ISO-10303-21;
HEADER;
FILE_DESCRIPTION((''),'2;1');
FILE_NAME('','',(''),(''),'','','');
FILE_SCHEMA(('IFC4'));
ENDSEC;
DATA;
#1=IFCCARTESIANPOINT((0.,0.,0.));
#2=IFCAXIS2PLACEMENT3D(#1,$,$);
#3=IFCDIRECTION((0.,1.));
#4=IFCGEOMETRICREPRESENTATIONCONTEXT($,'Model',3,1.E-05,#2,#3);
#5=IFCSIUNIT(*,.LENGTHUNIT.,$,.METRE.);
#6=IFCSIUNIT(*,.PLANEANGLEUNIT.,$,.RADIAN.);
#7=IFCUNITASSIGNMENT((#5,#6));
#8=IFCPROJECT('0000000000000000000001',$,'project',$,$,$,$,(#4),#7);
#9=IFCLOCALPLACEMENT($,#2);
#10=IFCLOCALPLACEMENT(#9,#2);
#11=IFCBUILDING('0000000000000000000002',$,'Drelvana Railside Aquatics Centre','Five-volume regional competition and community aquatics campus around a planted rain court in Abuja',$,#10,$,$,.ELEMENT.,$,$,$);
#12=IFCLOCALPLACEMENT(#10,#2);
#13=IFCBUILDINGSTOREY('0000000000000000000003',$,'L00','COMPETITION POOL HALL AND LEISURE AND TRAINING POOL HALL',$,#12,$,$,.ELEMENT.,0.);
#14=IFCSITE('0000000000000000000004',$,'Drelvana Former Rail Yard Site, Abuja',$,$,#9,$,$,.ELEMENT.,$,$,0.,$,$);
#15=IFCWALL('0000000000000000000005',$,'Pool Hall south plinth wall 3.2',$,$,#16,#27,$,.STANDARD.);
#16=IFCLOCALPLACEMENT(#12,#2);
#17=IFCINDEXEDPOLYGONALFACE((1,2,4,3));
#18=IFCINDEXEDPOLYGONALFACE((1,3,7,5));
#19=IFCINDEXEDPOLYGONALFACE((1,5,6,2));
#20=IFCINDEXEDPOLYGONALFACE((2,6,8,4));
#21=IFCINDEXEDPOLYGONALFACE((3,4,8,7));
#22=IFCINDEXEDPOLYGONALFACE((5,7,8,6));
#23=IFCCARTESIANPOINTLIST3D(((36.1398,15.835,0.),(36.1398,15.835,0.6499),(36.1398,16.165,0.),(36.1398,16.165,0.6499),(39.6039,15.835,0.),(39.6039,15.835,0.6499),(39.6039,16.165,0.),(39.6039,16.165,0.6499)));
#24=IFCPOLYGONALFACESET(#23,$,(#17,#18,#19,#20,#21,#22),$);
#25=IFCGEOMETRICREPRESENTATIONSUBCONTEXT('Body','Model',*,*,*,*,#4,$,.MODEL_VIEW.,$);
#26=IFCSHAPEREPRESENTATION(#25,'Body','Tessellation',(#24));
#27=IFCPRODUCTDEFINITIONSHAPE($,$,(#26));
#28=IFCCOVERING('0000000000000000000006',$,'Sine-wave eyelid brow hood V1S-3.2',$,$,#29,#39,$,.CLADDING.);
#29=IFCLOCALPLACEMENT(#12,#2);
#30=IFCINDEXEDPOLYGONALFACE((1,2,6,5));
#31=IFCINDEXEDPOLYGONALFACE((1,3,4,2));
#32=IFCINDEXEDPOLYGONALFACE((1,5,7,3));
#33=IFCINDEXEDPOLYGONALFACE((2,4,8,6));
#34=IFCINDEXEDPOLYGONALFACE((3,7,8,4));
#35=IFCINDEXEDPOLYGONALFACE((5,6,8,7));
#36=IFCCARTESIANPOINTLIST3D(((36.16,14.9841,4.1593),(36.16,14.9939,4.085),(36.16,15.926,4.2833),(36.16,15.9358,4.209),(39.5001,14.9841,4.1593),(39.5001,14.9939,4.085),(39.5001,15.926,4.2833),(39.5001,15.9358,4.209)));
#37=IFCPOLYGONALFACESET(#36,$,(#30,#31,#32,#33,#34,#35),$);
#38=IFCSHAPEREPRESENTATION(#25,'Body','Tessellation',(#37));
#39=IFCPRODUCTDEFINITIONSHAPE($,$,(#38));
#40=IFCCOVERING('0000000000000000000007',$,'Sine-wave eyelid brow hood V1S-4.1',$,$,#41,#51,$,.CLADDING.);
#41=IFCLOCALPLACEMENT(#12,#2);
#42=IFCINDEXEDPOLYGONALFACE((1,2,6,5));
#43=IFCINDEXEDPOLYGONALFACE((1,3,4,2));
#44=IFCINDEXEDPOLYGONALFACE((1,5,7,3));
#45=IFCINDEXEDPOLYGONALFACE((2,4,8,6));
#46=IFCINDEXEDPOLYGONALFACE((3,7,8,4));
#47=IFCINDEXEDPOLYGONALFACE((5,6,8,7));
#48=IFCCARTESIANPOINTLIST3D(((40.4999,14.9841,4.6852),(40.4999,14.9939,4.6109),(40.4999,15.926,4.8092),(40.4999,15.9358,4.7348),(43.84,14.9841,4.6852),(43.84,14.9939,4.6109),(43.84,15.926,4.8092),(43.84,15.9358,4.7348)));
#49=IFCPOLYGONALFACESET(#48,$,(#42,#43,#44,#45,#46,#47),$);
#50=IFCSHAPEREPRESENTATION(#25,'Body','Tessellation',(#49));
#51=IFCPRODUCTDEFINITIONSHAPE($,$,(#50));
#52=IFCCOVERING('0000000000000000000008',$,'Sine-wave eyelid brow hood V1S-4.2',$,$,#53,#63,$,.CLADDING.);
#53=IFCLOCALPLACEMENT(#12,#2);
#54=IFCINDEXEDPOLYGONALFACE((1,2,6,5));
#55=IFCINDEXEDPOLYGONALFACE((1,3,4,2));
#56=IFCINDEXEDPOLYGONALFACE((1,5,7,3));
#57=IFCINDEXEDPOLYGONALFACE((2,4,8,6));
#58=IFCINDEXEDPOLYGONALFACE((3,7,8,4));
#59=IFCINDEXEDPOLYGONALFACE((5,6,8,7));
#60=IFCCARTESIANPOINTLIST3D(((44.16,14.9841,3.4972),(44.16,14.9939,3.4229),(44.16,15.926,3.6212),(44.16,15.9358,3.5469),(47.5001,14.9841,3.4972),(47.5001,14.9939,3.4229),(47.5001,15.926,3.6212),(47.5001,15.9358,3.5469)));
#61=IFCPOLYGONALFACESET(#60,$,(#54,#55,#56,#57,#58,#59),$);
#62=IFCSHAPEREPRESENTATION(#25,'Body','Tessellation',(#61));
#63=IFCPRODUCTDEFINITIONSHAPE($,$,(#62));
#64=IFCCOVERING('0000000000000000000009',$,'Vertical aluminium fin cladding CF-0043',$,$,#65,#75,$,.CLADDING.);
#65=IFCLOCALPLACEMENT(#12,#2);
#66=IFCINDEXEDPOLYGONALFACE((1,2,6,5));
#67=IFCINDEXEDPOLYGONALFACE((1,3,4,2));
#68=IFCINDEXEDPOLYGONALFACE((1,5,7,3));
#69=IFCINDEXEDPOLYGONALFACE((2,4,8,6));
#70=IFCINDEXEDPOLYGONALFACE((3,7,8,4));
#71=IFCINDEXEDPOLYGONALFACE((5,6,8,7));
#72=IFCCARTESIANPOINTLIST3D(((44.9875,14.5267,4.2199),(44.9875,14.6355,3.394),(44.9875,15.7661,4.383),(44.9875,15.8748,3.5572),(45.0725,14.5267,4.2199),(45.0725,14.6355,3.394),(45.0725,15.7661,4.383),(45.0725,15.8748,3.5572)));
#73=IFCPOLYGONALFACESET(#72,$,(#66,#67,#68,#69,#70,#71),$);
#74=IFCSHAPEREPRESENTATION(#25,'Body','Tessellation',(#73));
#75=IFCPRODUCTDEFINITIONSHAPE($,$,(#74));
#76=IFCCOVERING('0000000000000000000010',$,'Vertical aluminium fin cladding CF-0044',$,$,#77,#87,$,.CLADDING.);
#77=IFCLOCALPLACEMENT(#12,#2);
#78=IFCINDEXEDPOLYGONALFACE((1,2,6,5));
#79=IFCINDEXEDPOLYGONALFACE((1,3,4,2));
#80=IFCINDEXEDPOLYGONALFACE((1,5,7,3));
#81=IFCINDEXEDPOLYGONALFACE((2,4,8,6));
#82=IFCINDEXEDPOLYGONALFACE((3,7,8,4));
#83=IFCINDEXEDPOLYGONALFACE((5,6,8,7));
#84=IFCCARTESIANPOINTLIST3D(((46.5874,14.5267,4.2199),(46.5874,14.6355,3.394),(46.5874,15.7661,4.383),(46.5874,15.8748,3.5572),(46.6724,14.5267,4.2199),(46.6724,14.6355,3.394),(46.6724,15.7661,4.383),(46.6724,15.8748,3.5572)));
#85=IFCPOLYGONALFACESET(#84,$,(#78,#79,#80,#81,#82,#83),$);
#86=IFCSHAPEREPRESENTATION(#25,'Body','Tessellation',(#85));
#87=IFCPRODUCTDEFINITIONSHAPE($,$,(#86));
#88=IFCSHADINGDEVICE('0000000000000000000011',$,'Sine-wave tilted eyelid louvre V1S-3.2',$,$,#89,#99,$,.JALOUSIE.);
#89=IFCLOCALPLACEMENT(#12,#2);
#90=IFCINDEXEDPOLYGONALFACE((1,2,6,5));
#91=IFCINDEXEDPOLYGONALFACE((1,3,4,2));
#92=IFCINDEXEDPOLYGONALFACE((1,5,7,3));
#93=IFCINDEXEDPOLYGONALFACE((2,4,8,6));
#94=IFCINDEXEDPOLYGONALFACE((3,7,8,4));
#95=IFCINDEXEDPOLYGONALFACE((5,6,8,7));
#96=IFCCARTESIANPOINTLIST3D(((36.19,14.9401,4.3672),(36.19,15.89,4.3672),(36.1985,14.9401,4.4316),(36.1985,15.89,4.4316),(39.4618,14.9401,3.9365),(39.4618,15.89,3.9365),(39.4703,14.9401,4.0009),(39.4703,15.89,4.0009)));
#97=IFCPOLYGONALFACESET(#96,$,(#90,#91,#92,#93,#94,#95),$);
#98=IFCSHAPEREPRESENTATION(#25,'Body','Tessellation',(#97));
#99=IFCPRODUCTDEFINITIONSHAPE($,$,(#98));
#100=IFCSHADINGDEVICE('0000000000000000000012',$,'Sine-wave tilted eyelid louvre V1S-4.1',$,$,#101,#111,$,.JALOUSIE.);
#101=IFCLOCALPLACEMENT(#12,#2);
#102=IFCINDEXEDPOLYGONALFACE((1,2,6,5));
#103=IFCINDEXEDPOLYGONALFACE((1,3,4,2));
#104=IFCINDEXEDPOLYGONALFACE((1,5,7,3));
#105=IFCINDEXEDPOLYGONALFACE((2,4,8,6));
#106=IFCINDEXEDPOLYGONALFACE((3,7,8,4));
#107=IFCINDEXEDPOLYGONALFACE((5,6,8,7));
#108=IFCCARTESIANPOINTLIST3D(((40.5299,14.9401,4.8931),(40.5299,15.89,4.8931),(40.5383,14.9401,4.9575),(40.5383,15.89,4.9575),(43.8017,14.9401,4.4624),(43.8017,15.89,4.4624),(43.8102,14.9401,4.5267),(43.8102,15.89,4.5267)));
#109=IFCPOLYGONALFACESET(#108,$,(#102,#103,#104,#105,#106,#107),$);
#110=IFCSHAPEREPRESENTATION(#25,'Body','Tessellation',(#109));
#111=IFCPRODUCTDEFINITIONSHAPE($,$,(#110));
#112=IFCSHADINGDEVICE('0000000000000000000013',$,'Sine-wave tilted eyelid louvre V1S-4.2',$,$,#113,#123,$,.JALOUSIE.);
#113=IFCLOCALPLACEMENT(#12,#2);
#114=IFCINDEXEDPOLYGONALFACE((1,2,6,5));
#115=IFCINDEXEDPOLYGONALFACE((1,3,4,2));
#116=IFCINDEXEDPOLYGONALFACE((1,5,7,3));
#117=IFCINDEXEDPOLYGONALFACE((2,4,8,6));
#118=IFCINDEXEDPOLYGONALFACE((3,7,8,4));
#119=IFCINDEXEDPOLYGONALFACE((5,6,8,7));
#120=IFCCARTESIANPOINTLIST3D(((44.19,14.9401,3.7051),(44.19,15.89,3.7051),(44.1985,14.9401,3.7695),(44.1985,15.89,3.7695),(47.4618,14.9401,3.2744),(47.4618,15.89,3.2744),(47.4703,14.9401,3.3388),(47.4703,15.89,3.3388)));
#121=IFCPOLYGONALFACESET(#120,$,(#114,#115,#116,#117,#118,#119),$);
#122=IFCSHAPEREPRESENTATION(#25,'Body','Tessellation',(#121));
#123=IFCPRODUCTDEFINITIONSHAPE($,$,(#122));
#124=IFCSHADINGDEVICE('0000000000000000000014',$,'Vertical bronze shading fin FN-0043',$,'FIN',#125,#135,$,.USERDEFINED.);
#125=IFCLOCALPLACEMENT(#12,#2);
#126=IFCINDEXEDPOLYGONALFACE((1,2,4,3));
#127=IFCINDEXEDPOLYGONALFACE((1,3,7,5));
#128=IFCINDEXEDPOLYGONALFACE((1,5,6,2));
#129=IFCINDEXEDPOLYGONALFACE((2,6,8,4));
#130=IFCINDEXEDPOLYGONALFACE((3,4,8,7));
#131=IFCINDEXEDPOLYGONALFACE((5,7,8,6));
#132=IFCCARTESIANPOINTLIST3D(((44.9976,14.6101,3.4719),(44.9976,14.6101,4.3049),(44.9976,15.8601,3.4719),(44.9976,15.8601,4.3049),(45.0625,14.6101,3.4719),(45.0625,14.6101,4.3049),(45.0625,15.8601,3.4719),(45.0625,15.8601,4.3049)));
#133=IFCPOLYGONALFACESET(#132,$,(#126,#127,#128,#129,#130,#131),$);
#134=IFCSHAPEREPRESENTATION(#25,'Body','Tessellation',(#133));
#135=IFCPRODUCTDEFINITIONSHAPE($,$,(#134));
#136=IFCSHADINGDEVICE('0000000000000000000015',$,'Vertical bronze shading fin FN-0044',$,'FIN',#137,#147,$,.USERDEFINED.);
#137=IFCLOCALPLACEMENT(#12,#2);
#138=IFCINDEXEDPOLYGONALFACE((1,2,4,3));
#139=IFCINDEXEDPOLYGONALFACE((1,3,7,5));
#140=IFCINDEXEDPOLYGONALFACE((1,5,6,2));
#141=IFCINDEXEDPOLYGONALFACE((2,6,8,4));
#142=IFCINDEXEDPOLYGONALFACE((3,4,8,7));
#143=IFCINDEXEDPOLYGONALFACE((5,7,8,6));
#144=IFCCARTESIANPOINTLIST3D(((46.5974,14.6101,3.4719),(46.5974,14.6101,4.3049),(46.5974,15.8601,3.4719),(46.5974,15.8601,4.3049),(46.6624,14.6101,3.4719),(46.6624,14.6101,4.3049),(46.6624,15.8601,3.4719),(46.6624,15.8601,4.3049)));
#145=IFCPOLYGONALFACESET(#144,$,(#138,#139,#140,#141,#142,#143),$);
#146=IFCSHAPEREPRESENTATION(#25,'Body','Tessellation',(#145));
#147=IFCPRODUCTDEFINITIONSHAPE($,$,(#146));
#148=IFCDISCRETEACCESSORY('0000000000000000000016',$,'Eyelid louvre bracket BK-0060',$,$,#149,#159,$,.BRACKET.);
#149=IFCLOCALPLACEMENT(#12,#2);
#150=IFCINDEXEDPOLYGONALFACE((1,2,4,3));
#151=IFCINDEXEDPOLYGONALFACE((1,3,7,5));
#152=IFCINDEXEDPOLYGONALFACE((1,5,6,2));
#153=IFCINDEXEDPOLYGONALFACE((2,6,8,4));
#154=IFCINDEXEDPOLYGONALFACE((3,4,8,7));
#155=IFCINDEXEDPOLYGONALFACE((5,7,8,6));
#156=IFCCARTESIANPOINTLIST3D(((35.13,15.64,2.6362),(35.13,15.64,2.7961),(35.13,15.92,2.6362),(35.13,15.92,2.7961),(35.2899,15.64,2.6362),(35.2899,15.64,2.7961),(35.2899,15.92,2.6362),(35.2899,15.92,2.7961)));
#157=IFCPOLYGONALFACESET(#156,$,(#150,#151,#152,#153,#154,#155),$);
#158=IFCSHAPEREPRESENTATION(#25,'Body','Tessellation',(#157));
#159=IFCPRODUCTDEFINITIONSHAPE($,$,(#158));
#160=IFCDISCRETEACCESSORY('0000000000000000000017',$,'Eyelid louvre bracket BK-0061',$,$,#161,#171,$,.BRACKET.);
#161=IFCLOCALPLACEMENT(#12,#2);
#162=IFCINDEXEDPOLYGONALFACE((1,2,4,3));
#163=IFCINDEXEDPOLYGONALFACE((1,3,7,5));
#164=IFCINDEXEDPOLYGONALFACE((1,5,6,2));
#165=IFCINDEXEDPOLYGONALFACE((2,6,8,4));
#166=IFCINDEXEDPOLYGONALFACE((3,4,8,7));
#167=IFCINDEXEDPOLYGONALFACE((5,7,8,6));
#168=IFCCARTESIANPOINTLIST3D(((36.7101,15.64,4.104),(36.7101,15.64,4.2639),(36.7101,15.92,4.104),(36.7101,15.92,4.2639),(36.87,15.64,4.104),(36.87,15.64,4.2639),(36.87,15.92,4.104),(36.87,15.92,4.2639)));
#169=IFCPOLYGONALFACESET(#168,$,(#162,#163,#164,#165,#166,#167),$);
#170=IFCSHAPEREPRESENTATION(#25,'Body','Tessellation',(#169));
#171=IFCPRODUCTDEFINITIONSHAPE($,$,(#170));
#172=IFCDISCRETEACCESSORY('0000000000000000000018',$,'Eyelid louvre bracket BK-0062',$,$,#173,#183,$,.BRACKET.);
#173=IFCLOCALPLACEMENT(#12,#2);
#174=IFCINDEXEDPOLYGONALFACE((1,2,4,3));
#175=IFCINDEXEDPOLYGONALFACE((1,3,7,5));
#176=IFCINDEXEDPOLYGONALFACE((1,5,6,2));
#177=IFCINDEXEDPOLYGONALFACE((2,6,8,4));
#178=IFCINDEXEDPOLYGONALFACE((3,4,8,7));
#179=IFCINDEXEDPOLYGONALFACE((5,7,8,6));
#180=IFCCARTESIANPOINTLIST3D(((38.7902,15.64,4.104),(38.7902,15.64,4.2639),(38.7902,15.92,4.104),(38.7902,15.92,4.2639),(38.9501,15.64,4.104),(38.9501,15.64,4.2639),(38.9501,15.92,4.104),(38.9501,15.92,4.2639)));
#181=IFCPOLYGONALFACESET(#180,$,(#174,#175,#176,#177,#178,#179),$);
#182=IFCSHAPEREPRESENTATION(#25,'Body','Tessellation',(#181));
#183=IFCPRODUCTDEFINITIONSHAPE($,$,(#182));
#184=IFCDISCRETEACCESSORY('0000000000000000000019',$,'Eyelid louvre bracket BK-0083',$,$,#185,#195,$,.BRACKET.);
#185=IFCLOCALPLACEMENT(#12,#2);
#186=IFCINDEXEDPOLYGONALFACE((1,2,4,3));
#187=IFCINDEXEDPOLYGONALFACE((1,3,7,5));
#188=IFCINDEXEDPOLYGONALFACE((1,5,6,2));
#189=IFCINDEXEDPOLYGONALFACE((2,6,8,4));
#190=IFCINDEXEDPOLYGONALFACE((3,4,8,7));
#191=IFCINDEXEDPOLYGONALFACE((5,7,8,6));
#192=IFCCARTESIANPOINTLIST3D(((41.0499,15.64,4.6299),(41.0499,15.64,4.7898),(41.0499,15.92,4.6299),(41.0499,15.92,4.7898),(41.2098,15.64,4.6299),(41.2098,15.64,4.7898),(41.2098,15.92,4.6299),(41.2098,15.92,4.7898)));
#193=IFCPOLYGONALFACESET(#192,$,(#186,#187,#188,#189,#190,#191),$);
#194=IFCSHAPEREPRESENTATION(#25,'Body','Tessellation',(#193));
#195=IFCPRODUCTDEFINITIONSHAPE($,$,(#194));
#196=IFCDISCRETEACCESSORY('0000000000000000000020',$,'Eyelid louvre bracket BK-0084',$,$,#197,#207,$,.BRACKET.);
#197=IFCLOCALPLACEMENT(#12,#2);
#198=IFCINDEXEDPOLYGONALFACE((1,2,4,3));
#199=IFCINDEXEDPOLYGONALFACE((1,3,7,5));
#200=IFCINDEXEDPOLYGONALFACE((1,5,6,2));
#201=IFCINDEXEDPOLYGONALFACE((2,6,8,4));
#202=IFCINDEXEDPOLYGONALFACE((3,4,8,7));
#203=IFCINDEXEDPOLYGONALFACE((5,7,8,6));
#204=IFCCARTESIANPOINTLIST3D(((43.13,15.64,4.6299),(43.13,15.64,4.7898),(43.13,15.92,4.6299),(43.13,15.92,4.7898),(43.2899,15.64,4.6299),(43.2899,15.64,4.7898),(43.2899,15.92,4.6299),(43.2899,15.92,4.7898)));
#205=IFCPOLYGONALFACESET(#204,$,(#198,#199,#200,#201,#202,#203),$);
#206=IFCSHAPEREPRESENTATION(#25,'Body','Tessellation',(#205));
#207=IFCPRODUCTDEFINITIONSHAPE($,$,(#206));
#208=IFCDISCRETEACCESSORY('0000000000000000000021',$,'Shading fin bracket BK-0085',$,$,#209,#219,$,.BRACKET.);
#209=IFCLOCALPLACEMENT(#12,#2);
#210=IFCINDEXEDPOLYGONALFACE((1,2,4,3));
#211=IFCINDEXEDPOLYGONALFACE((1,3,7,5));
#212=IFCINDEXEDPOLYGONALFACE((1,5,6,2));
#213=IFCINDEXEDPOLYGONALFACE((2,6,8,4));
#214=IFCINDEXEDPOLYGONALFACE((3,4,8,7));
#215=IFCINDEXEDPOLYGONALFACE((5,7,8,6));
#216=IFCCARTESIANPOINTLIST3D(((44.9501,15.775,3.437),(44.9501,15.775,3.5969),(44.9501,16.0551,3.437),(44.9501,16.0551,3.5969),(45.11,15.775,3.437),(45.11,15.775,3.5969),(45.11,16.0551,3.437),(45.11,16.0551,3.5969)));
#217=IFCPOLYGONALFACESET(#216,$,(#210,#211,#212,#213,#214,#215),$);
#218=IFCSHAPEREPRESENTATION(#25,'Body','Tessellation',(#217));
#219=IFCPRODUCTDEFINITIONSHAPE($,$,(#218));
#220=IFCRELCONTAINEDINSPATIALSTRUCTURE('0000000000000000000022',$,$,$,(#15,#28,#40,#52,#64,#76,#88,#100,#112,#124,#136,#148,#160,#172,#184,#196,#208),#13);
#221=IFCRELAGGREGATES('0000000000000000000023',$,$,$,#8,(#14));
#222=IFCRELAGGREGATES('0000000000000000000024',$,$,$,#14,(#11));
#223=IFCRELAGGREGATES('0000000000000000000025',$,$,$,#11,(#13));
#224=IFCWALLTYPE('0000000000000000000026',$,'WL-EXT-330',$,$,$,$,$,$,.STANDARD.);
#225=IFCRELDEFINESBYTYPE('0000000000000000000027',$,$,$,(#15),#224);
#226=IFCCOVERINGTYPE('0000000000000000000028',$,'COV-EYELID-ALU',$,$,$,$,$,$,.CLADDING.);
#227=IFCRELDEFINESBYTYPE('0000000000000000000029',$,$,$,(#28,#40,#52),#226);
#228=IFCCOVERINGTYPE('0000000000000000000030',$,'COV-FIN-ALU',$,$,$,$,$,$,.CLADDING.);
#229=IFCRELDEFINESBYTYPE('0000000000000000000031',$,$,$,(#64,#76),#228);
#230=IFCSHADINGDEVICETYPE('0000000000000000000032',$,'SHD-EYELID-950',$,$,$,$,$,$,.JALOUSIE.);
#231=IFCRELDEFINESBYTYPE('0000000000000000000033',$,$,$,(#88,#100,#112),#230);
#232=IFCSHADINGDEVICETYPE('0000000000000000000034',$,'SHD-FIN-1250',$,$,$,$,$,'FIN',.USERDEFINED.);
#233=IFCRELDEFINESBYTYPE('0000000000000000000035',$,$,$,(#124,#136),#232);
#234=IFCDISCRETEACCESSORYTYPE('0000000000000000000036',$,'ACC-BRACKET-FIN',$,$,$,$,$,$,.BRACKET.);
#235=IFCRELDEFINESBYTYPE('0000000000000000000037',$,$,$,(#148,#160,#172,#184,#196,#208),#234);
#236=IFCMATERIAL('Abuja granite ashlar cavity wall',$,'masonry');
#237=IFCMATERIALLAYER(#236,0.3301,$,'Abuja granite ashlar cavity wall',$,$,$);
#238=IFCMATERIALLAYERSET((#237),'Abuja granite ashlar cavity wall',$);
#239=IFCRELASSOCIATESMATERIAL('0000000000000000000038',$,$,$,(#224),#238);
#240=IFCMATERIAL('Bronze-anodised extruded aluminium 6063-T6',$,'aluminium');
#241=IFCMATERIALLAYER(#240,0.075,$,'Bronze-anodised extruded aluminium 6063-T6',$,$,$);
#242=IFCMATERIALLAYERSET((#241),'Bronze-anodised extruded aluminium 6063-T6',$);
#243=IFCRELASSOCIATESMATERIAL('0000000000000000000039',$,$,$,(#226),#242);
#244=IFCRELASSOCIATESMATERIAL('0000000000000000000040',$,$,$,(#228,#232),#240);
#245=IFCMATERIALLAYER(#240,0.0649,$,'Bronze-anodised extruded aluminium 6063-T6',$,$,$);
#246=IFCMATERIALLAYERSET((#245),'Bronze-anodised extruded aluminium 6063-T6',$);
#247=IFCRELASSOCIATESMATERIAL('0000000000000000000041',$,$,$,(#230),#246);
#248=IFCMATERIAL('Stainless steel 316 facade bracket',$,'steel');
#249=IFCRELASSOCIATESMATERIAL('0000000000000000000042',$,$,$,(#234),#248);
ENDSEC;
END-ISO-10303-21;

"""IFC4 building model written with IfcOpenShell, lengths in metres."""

from ifc_helpers import new_model, si_unit, direction, frame, frame_2d, origin, origin_2d, place, context, subcontext, project, spatial, rectangle, extrude, material, layer, layer_set, type_object, element, save


model = new_model("IFC4")

# Units and contexts
model_context = context("Model", 3, precision=1e-05, world=origin(), true_north=direction((0.0, 1.0)))
body_context = subcontext(model_context, "Body", "Model", "MODEL_VIEW")
ifc_project = project(units=[si_unit("LENGTHUNIT", "METRE"), si_unit("PLANEANGLEUNIT", "RADIAN")], contexts=[model_context])

# Site, building, storey
site_placement = place(None, origin())
site = spatial("IfcSite", under=ifc_project, at=site_placement, Name="Drelvana Former Rail Yard Site, Abuja", CompositionType="ELEMENT", RefElevation=0.0)
building_placement = place(site_placement, origin())
building = spatial("IfcBuilding", under=site, at=building_placement, Name="Drelvana Railside Aquatics Centre", Description="Five-volume regional competition and community aquatics campus around a planted rain court in Abuja", CompositionType="ELEMENT")
storey_placement = place(building_placement, origin())
storey = spatial("IfcBuildingStorey", under=building, at=storey_placement, Name="L00", Description="COMPETITION POOL HALL AND LEISURE AND TRAINING POOL HALL", CompositionType="ELEMENT", Elevation=0.0)

# Wall
ifc_material_1 = material(Name="Abuja granite ashlar cavity wall", Category="masonry")
ifc_layer_1 = layer(ifc_material_1, 0.3301, Name="Abuja granite ashlar cavity wall")
ifc_layer_set_1 = layer_set([ifc_layer_1], Name="Abuja granite ashlar cavity wall")
wall_type = type_object("IfcWallType", Name="WL-EXT-330", PredefinedType="STANDARD", material=ifc_layer_set_1)
wall_placement = place(storey_placement, frame((36.1399, 16.0, 0.0), z_axis=(0.0, 0.0, 1.0), x_axis=(1.0, 0.0, 0.0)))
element("IfcWall", 1, at=wall_placement, inside=storey, type_object=wall_type, Name="Pool Hall south plinth wall 3.2", PredefinedType="STANDARD", context=body_context, shape_type="SweptSolid", body=[
    extrude(rectangle(XDim=3.4641, YDim=0.3301, at=frame_2d((1.7319, 0.0))), origin(), (0.0, 0.0, 1.0), 0.6499),
])

# Coverings
ifc_material_2 = material(Name="Bronze-anodised extruded aluminium 6063-T6", Category="aluminium")
ifc_layer_2 = layer(ifc_material_2, 0.075, Name="Bronze-anodised extruded aluminium 6063-T6")
ifc_layer_set_2 = layer_set([ifc_layer_2], Name="Bronze-anodised extruded aluminium 6063-T6")
covering_type_1 = type_object("IfcCoveringType", Name="COV-EYELID-ALU", PredefinedType="CLADDING", material=ifc_layer_set_2)
for number, where, z_axis, x_axis, name in (
    (2, (37.8301, 15.4648, 4.147), (0.0, -0.130526, 0.991445), (-1.0, 0.0, 0.0), "Sine-wave eyelid brow hood V1S-3.2"),
    (3, (42.1699, 15.4648, 4.6729), (0.0, -0.130526, 0.991445), (-1.0, 0.0, 0.0), "Sine-wave eyelid brow hood V1S-4.1"),
    (4, (45.8301, 15.4648, 3.4849), (0.0, -0.130526, 0.991445), (-1.0, 0.0, 0.0), "Sine-wave eyelid brow hood V1S-4.2"),
):
    element("IfcCovering", number, at=place(storey_placement, frame(where, z_axis=z_axis, x_axis=x_axis)), inside=storey, type_object=covering_type_1, Name=name, PredefinedType="CLADDING", context=body_context, shape_type="SweptSolid", body=[
        extrude(rectangle(XDim=3.3401, YDim=0.95, at=origin_2d()), origin(), (0.0, 0.0, 1.0), 0.075),
    ])
covering_type_2 = type_object("IfcCoveringType", Name="COV-FIN-ALU", PredefinedType="CLADDING", material=ifc_material_2)
for number, where, z_axis, x_axis, name in (
    (5, (45.03, 15.2551, 3.4756), (0.0, -0.130526, 0.991445), (-1.0, 0.0, 0.0), "Vertical aluminium fin cladding CF-0043"),
    (6, (46.6299, 15.2551, 3.4756), (0.0, -0.130526, 0.991445), (-1.0, 0.0, 0.0), "Vertical aluminium fin cladding CF-0044"),
):
    element("IfcCovering", number, at=place(storey_placement, frame(where, z_axis=z_axis, x_axis=x_axis)), inside=storey, type_object=covering_type_2, Name=name, PredefinedType="CLADDING", context=body_context, shape_type="SweptSolid", body=[
        extrude(rectangle(XDim=0.085, YDim=1.25, at=origin_2d()), origin(), (0.0, 0.0, 1.0), 0.833),
    ])

# Shading devices
ifc_layer_3 = layer(ifc_material_2, 0.0649, Name="Bronze-anodised extruded aluminium 6063-T6")
ifc_layer_set_3 = layer_set([ifc_layer_3], Name="Bronze-anodised extruded aluminium 6063-T6")
shading_device_type_1 = type_object("IfcShadingDeviceType", Name="SHD-EYELID-950", PredefinedType="JALOUSIE", material=ifc_layer_set_3)
for number, where, z_axis, x_axis, name in (
    (7, (37.8259, 15.415, 4.1519), (0.130526, 0.0, 0.991445), (0.0, -1.0, 0.0), "Sine-wave tilted eyelid louvre V1S-3.2"),
    (8, (42.1658, 15.415, 4.6777), (0.130526, 0.0, 0.991445), (0.0, -1.0, 0.0), "Sine-wave tilted eyelid louvre V1S-4.1"),
    (9, (45.8259, 15.415, 3.4897), (0.130526, 0.0, 0.991445), (0.0, -1.0, 0.0), "Sine-wave tilted eyelid louvre V1S-4.2"),
):
    element("IfcShadingDevice", number, at=place(storey_placement, frame(where, z_axis=z_axis, x_axis=x_axis)), inside=storey, type_object=shading_device_type_1, Name=name, PredefinedType="JALOUSIE", context=body_context, shape_type="SweptSolid", body=[
        extrude(rectangle(XDim=0.95, YDim=3.3, at=origin_2d()), origin(), (0.0, 0.0, 1.0), 0.0649),
    ])
shading_device_type_2 = type_object("IfcShadingDeviceType", Name="SHD-FIN-1250", ElementType="FIN", PredefinedType="USERDEFINED", material=ifc_material_2)
for number, where, z_axis, x_axis, name in (
    (10, (45.03, 15.2351, 3.4719), (0.0, 0.0, 1.0), (0.0, -1.0, 0.0), "Vertical bronze shading fin FN-0043"),
    (11, (46.6299, 15.2351, 3.4719), (0.0, 0.0, 1.0), (0.0, -1.0, 0.0), "Vertical bronze shading fin FN-0044"),
):
    element("IfcShadingDevice", number, at=place(storey_placement, frame(where, z_axis=z_axis, x_axis=x_axis)), inside=storey, type_object=shading_device_type_2, Name=name, ObjectType="FIN", PredefinedType="USERDEFINED", context=body_context, shape_type="SweptSolid", body=[
        extrude(rectangle(XDim=1.25, YDim=0.0649, at=origin_2d()), origin(), (0.0, 0.0, 1.0), 0.833),
    ])

# Discrete accessories
ifc_material_3 = material(Name="Stainless steel 316 facade bracket", Category="steel")
discrete_accessory_type = type_object("IfcDiscreteAccessoryType", Name="ACC-BRACKET-FIN", PredefinedType="BRACKET", material=ifc_material_3)
for number, where, z_axis, x_axis, name in (
    (12, (35.21, 15.78, 2.6362), (0.0, 0.0, 1.0), (1.0, 0.0, 0.0), "Eyelid louvre bracket BK-0060"),
    (13, (36.79, 15.78, 4.104), (0.0, 0.0, 1.0), (1.0, 0.0, 0.0), "Eyelid louvre bracket BK-0061"),
    (14, (38.8701, 15.78, 4.104), (0.0, 0.0, 1.0), (1.0, 0.0, 0.0), "Eyelid louvre bracket BK-0062"),
    (15, (41.1299, 15.78, 4.6299), (0.0, 0.0, 1.0), (1.0, 0.0, 0.0), "Eyelid louvre bracket BK-0083"),
    (16, (43.21, 15.78, 4.6299), (0.0, 0.0, 1.0), (1.0, 0.0, 0.0), "Eyelid louvre bracket BK-0084"),
):
    element("IfcDiscreteAccessory", number, at=place(storey_placement, frame(where, z_axis=z_axis, x_axis=x_axis)), inside=storey, type_object=discrete_accessory_type, Name=name, PredefinedType="BRACKET", context=body_context, shape_type="SweptSolid", body=[
        extrude(rectangle(XDim=0.1599, YDim=0.28, at=origin_2d()), origin(), (0.0, 0.0, 1.0), 0.1599),
    ])
for number, where, z_axis, x_axis, name in (
    (17, (45.03, 15.915, 3.437), (0.0, 0.0, 1.0), (0.0, -1.0, 0.0), "Shading fin bracket BK-0085"),
):
    element("IfcDiscreteAccessory", number, at=place(storey_placement, frame(where, z_axis=z_axis, x_axis=x_axis)), inside=storey, type_object=discrete_accessory_type, Name=name, PredefinedType="BRACKET", context=body_context, shape_type="SweptSolid", body=[
        extrude(rectangle(XDim=0.28, YDim=0.1599, at=origin_2d()), origin(), (0.0, 0.0, 1.0), 0.1599),
    ])

save(model, "model.ifc")
